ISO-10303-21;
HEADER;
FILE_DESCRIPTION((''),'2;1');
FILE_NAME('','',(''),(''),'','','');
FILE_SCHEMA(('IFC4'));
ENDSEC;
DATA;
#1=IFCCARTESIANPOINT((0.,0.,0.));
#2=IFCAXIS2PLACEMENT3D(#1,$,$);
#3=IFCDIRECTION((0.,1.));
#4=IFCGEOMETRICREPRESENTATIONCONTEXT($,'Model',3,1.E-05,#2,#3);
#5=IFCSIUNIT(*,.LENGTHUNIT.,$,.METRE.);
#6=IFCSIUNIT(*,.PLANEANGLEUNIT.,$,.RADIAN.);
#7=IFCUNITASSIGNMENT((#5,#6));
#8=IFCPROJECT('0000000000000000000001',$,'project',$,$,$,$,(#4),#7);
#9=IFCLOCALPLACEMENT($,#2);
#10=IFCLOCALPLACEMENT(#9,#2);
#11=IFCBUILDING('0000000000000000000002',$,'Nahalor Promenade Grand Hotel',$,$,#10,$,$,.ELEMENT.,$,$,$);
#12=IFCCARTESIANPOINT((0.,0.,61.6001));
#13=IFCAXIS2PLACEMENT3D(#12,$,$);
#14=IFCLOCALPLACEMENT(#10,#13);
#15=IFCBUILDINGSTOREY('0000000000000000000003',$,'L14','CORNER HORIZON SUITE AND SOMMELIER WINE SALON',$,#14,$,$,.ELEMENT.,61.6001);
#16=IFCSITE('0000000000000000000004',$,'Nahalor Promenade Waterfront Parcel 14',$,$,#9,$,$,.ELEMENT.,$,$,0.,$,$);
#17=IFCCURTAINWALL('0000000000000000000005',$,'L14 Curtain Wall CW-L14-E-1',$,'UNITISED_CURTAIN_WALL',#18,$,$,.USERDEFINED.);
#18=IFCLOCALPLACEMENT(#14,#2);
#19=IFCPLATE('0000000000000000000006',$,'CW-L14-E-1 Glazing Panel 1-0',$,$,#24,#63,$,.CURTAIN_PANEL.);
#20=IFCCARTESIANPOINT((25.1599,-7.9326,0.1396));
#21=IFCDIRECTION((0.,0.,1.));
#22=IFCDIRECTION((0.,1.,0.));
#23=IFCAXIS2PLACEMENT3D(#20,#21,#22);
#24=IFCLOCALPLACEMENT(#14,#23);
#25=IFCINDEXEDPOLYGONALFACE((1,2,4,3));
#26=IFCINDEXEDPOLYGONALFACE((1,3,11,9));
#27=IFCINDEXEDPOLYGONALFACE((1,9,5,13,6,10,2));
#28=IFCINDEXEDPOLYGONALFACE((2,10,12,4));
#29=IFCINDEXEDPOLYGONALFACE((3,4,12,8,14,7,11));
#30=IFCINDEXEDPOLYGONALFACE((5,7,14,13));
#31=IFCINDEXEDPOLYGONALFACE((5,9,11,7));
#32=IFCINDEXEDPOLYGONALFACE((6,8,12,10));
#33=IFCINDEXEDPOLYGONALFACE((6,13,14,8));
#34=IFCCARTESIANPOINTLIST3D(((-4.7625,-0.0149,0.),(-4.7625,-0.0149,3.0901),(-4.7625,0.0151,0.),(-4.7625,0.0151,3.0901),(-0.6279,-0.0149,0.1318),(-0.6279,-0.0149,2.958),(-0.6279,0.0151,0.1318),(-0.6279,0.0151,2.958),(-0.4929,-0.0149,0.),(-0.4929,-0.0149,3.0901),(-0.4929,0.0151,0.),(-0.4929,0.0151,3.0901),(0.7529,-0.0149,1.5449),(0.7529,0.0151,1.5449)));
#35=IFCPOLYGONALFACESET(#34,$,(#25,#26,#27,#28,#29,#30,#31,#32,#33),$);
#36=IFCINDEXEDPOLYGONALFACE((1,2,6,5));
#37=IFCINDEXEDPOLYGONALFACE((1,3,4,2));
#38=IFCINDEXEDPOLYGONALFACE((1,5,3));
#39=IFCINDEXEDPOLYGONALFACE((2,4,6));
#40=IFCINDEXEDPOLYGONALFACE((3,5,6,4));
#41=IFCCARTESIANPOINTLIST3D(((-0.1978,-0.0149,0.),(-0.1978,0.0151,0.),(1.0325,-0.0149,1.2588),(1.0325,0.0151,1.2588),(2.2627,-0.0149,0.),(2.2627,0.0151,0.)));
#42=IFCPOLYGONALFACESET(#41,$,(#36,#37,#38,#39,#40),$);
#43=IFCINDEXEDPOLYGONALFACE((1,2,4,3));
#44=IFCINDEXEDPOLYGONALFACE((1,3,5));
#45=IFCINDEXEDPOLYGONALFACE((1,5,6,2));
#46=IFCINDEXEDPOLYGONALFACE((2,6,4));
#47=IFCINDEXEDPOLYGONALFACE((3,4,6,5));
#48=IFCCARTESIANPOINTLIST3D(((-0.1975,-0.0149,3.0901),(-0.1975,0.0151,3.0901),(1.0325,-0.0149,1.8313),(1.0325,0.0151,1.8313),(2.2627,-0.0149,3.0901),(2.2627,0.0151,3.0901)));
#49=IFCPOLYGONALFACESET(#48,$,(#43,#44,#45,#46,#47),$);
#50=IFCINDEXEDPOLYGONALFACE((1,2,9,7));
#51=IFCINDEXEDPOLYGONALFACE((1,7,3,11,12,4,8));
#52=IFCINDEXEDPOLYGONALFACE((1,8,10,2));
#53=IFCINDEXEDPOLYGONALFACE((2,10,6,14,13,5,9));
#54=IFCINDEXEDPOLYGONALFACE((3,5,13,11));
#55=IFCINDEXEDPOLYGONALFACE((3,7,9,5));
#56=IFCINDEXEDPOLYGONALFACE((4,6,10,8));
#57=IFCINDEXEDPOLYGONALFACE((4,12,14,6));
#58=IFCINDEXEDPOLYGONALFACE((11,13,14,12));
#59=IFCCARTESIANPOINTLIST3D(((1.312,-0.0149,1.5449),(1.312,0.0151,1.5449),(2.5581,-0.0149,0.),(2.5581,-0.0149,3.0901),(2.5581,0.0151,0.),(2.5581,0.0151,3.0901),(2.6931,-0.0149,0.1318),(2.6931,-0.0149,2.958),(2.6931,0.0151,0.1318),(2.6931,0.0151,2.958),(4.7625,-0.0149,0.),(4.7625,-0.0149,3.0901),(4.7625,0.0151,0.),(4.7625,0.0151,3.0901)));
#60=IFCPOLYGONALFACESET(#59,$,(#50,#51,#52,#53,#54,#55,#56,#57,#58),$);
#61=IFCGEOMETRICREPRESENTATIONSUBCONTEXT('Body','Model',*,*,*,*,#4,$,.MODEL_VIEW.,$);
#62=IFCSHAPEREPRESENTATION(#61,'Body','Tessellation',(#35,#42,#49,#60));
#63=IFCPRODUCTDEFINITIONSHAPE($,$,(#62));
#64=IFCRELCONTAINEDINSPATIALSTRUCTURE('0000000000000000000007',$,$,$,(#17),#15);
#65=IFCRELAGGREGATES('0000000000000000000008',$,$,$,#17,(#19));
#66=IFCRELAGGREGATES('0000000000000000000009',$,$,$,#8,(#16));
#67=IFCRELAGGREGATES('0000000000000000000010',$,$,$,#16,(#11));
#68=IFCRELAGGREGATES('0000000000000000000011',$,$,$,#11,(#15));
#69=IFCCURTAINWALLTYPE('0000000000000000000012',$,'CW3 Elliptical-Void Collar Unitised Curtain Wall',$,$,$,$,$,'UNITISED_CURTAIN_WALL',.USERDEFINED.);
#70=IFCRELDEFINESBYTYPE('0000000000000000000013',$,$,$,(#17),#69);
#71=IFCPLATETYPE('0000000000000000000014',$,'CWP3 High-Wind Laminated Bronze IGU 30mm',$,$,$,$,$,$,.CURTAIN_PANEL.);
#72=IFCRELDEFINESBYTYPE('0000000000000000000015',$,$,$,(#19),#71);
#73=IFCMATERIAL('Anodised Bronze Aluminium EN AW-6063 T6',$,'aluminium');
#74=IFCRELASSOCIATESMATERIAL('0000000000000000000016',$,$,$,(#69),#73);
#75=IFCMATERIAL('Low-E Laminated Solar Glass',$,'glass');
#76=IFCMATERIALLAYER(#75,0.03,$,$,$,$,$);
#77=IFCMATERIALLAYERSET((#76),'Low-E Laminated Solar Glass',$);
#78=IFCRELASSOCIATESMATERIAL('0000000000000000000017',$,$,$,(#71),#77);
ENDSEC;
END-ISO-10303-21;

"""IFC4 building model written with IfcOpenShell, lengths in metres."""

from ifc_helpers import new_model, si_unit, direction, frame, origin, place, context, subcontext, project, spatial, polyline, outline, extrude, material, layer, layer_set, type_object, element, aggregate, save


model = new_model("IFC4")

# Units and contexts
model_context = context("Model", 3, precision=1e-05, world=origin(), true_north=direction((0.0, 1.0)))
body_context = subcontext(model_context, "Body", "Model", "MODEL_VIEW")
ifc_project = project(units=[si_unit("LENGTHUNIT", "METRE"), si_unit("PLANEANGLEUNIT", "RADIAN")], contexts=[model_context])

# Site, building, storey
site_placement = place(None, origin())
site = spatial("IfcSite", under=ifc_project, at=site_placement, Name="Nahalor Promenade Waterfront Parcel 14", CompositionType="ELEMENT", RefElevation=0.0)
building_placement = place(site_placement, origin())
building = spatial("IfcBuilding", under=site, at=building_placement, Name="Nahalor Promenade Grand Hotel", CompositionType="ELEMENT")
storey_placement = place(building_placement, frame((0.0, 0.0, 61.6001)))
storey = spatial("IfcBuildingStorey", under=building, at=storey_placement, Name="L14", Description="CORNER HORIZON SUITE AND SOMMELIER WINE SALON", CompositionType="ELEMENT", Elevation=61.6001)

# Curtain wall
ifc_material_1 = material(Name="Anodised Bronze Aluminium EN AW-6063 T6", Category="aluminium")
curtain_wall_type = type_object("IfcCurtainWallType", Name="CW3 Elliptical-Void Collar Unitised Curtain Wall", ElementType="UNITISED_CURTAIN_WALL", PredefinedType="USERDEFINED", material=ifc_material_1)
curtain_wall_1_placement = place(storey_placement, origin())
curtain_wall_1 = element("IfcCurtainWall", 1, at=curtain_wall_1_placement, inside=storey, type_object=curtain_wall_type, Name="L14 Curtain Wall CW-L14-E-1", ObjectType="UNITISED_CURTAIN_WALL", PredefinedType="USERDEFINED")

# Plate
ifc_material_2 = material(Name="Low-E Laminated Solar Glass", Category="glass")
ifc_layer_1 = layer(ifc_material_2, 0.03)
ifc_layer_set_1 = layer_set([ifc_layer_1], Name="Low-E Laminated Solar Glass")
plate_type_1 = type_object("IfcPlateType", Name="CWP3 High-Wind Laminated Bronze IGU 30mm", PredefinedType="CURTAIN_PANEL", material=ifc_layer_set_1)
plate_1_placement = place(storey_placement, frame((25.1599, -7.9326, 0.1396), z_axis=(0.0, 0.0, 1.0), x_axis=(0.0, 1.0, 0.0)))
plate_1 = element("IfcPlate", 2, at=plate_1_placement, type_object=plate_type_1, Name="CW-L14-E-1 Glazing Panel 1-0", PredefinedType="CURTAIN_PANEL", context=body_context, shape_type="SweptSolid", body=[
    extrude(outline(polyline([(-4.7625, 3.0901), (-4.7625, 0.0), (-0.4929, 0.0), (-0.6279, 0.1318), (0.7529, 1.5449), (-0.6279, 2.958), (-0.4929, 3.0901), (-4.7625, 3.0901)])), frame((0.0, 0.0151, 0.0), z_axis=(0.0, -1.0, 0.0), x_axis=(1.0, 0.0, 0.0)), (0.0, 0.0, 1.0), 0.03),
    extrude(outline(polyline([(1.0325, 1.2588), (-0.1978, 0.0), (2.2627, 0.0), (1.0325, 1.2588)])), frame((0.0, 0.0151, 0.0), z_axis=(0.0, -1.0, 0.0), x_axis=(1.0, 0.0, 0.0)), (0.0, 0.0, 1.0), 0.03),
    extrude(outline(polyline([(1.0325, 1.8313), (2.2627, 3.0901), (-0.1975, 3.0901), (1.0325, 1.8313)])), frame((0.0, 0.0151, 0.0), z_axis=(0.0, -1.0, 0.0), x_axis=(1.0, 0.0, 0.0)), (0.0, 0.0, 1.0), 0.03),
    extrude(outline(polyline([(4.7625, 0.0), (4.7625, 3.0901), (2.5581, 3.0901), (2.6931, 2.958), (1.312, 1.5449), (2.6931, 0.1318), (2.5581, 0.0), (4.7625, 0.0)])), frame((0.0, 0.0151, 0.0), z_axis=(0.0, -1.0, 0.0), x_axis=(1.0, 0.0, 0.0)), (0.0, 0.0, 1.0), 0.03),
])
aggregate(curtain_wall_1, [plate_1])

save(model, "model.ifc")
